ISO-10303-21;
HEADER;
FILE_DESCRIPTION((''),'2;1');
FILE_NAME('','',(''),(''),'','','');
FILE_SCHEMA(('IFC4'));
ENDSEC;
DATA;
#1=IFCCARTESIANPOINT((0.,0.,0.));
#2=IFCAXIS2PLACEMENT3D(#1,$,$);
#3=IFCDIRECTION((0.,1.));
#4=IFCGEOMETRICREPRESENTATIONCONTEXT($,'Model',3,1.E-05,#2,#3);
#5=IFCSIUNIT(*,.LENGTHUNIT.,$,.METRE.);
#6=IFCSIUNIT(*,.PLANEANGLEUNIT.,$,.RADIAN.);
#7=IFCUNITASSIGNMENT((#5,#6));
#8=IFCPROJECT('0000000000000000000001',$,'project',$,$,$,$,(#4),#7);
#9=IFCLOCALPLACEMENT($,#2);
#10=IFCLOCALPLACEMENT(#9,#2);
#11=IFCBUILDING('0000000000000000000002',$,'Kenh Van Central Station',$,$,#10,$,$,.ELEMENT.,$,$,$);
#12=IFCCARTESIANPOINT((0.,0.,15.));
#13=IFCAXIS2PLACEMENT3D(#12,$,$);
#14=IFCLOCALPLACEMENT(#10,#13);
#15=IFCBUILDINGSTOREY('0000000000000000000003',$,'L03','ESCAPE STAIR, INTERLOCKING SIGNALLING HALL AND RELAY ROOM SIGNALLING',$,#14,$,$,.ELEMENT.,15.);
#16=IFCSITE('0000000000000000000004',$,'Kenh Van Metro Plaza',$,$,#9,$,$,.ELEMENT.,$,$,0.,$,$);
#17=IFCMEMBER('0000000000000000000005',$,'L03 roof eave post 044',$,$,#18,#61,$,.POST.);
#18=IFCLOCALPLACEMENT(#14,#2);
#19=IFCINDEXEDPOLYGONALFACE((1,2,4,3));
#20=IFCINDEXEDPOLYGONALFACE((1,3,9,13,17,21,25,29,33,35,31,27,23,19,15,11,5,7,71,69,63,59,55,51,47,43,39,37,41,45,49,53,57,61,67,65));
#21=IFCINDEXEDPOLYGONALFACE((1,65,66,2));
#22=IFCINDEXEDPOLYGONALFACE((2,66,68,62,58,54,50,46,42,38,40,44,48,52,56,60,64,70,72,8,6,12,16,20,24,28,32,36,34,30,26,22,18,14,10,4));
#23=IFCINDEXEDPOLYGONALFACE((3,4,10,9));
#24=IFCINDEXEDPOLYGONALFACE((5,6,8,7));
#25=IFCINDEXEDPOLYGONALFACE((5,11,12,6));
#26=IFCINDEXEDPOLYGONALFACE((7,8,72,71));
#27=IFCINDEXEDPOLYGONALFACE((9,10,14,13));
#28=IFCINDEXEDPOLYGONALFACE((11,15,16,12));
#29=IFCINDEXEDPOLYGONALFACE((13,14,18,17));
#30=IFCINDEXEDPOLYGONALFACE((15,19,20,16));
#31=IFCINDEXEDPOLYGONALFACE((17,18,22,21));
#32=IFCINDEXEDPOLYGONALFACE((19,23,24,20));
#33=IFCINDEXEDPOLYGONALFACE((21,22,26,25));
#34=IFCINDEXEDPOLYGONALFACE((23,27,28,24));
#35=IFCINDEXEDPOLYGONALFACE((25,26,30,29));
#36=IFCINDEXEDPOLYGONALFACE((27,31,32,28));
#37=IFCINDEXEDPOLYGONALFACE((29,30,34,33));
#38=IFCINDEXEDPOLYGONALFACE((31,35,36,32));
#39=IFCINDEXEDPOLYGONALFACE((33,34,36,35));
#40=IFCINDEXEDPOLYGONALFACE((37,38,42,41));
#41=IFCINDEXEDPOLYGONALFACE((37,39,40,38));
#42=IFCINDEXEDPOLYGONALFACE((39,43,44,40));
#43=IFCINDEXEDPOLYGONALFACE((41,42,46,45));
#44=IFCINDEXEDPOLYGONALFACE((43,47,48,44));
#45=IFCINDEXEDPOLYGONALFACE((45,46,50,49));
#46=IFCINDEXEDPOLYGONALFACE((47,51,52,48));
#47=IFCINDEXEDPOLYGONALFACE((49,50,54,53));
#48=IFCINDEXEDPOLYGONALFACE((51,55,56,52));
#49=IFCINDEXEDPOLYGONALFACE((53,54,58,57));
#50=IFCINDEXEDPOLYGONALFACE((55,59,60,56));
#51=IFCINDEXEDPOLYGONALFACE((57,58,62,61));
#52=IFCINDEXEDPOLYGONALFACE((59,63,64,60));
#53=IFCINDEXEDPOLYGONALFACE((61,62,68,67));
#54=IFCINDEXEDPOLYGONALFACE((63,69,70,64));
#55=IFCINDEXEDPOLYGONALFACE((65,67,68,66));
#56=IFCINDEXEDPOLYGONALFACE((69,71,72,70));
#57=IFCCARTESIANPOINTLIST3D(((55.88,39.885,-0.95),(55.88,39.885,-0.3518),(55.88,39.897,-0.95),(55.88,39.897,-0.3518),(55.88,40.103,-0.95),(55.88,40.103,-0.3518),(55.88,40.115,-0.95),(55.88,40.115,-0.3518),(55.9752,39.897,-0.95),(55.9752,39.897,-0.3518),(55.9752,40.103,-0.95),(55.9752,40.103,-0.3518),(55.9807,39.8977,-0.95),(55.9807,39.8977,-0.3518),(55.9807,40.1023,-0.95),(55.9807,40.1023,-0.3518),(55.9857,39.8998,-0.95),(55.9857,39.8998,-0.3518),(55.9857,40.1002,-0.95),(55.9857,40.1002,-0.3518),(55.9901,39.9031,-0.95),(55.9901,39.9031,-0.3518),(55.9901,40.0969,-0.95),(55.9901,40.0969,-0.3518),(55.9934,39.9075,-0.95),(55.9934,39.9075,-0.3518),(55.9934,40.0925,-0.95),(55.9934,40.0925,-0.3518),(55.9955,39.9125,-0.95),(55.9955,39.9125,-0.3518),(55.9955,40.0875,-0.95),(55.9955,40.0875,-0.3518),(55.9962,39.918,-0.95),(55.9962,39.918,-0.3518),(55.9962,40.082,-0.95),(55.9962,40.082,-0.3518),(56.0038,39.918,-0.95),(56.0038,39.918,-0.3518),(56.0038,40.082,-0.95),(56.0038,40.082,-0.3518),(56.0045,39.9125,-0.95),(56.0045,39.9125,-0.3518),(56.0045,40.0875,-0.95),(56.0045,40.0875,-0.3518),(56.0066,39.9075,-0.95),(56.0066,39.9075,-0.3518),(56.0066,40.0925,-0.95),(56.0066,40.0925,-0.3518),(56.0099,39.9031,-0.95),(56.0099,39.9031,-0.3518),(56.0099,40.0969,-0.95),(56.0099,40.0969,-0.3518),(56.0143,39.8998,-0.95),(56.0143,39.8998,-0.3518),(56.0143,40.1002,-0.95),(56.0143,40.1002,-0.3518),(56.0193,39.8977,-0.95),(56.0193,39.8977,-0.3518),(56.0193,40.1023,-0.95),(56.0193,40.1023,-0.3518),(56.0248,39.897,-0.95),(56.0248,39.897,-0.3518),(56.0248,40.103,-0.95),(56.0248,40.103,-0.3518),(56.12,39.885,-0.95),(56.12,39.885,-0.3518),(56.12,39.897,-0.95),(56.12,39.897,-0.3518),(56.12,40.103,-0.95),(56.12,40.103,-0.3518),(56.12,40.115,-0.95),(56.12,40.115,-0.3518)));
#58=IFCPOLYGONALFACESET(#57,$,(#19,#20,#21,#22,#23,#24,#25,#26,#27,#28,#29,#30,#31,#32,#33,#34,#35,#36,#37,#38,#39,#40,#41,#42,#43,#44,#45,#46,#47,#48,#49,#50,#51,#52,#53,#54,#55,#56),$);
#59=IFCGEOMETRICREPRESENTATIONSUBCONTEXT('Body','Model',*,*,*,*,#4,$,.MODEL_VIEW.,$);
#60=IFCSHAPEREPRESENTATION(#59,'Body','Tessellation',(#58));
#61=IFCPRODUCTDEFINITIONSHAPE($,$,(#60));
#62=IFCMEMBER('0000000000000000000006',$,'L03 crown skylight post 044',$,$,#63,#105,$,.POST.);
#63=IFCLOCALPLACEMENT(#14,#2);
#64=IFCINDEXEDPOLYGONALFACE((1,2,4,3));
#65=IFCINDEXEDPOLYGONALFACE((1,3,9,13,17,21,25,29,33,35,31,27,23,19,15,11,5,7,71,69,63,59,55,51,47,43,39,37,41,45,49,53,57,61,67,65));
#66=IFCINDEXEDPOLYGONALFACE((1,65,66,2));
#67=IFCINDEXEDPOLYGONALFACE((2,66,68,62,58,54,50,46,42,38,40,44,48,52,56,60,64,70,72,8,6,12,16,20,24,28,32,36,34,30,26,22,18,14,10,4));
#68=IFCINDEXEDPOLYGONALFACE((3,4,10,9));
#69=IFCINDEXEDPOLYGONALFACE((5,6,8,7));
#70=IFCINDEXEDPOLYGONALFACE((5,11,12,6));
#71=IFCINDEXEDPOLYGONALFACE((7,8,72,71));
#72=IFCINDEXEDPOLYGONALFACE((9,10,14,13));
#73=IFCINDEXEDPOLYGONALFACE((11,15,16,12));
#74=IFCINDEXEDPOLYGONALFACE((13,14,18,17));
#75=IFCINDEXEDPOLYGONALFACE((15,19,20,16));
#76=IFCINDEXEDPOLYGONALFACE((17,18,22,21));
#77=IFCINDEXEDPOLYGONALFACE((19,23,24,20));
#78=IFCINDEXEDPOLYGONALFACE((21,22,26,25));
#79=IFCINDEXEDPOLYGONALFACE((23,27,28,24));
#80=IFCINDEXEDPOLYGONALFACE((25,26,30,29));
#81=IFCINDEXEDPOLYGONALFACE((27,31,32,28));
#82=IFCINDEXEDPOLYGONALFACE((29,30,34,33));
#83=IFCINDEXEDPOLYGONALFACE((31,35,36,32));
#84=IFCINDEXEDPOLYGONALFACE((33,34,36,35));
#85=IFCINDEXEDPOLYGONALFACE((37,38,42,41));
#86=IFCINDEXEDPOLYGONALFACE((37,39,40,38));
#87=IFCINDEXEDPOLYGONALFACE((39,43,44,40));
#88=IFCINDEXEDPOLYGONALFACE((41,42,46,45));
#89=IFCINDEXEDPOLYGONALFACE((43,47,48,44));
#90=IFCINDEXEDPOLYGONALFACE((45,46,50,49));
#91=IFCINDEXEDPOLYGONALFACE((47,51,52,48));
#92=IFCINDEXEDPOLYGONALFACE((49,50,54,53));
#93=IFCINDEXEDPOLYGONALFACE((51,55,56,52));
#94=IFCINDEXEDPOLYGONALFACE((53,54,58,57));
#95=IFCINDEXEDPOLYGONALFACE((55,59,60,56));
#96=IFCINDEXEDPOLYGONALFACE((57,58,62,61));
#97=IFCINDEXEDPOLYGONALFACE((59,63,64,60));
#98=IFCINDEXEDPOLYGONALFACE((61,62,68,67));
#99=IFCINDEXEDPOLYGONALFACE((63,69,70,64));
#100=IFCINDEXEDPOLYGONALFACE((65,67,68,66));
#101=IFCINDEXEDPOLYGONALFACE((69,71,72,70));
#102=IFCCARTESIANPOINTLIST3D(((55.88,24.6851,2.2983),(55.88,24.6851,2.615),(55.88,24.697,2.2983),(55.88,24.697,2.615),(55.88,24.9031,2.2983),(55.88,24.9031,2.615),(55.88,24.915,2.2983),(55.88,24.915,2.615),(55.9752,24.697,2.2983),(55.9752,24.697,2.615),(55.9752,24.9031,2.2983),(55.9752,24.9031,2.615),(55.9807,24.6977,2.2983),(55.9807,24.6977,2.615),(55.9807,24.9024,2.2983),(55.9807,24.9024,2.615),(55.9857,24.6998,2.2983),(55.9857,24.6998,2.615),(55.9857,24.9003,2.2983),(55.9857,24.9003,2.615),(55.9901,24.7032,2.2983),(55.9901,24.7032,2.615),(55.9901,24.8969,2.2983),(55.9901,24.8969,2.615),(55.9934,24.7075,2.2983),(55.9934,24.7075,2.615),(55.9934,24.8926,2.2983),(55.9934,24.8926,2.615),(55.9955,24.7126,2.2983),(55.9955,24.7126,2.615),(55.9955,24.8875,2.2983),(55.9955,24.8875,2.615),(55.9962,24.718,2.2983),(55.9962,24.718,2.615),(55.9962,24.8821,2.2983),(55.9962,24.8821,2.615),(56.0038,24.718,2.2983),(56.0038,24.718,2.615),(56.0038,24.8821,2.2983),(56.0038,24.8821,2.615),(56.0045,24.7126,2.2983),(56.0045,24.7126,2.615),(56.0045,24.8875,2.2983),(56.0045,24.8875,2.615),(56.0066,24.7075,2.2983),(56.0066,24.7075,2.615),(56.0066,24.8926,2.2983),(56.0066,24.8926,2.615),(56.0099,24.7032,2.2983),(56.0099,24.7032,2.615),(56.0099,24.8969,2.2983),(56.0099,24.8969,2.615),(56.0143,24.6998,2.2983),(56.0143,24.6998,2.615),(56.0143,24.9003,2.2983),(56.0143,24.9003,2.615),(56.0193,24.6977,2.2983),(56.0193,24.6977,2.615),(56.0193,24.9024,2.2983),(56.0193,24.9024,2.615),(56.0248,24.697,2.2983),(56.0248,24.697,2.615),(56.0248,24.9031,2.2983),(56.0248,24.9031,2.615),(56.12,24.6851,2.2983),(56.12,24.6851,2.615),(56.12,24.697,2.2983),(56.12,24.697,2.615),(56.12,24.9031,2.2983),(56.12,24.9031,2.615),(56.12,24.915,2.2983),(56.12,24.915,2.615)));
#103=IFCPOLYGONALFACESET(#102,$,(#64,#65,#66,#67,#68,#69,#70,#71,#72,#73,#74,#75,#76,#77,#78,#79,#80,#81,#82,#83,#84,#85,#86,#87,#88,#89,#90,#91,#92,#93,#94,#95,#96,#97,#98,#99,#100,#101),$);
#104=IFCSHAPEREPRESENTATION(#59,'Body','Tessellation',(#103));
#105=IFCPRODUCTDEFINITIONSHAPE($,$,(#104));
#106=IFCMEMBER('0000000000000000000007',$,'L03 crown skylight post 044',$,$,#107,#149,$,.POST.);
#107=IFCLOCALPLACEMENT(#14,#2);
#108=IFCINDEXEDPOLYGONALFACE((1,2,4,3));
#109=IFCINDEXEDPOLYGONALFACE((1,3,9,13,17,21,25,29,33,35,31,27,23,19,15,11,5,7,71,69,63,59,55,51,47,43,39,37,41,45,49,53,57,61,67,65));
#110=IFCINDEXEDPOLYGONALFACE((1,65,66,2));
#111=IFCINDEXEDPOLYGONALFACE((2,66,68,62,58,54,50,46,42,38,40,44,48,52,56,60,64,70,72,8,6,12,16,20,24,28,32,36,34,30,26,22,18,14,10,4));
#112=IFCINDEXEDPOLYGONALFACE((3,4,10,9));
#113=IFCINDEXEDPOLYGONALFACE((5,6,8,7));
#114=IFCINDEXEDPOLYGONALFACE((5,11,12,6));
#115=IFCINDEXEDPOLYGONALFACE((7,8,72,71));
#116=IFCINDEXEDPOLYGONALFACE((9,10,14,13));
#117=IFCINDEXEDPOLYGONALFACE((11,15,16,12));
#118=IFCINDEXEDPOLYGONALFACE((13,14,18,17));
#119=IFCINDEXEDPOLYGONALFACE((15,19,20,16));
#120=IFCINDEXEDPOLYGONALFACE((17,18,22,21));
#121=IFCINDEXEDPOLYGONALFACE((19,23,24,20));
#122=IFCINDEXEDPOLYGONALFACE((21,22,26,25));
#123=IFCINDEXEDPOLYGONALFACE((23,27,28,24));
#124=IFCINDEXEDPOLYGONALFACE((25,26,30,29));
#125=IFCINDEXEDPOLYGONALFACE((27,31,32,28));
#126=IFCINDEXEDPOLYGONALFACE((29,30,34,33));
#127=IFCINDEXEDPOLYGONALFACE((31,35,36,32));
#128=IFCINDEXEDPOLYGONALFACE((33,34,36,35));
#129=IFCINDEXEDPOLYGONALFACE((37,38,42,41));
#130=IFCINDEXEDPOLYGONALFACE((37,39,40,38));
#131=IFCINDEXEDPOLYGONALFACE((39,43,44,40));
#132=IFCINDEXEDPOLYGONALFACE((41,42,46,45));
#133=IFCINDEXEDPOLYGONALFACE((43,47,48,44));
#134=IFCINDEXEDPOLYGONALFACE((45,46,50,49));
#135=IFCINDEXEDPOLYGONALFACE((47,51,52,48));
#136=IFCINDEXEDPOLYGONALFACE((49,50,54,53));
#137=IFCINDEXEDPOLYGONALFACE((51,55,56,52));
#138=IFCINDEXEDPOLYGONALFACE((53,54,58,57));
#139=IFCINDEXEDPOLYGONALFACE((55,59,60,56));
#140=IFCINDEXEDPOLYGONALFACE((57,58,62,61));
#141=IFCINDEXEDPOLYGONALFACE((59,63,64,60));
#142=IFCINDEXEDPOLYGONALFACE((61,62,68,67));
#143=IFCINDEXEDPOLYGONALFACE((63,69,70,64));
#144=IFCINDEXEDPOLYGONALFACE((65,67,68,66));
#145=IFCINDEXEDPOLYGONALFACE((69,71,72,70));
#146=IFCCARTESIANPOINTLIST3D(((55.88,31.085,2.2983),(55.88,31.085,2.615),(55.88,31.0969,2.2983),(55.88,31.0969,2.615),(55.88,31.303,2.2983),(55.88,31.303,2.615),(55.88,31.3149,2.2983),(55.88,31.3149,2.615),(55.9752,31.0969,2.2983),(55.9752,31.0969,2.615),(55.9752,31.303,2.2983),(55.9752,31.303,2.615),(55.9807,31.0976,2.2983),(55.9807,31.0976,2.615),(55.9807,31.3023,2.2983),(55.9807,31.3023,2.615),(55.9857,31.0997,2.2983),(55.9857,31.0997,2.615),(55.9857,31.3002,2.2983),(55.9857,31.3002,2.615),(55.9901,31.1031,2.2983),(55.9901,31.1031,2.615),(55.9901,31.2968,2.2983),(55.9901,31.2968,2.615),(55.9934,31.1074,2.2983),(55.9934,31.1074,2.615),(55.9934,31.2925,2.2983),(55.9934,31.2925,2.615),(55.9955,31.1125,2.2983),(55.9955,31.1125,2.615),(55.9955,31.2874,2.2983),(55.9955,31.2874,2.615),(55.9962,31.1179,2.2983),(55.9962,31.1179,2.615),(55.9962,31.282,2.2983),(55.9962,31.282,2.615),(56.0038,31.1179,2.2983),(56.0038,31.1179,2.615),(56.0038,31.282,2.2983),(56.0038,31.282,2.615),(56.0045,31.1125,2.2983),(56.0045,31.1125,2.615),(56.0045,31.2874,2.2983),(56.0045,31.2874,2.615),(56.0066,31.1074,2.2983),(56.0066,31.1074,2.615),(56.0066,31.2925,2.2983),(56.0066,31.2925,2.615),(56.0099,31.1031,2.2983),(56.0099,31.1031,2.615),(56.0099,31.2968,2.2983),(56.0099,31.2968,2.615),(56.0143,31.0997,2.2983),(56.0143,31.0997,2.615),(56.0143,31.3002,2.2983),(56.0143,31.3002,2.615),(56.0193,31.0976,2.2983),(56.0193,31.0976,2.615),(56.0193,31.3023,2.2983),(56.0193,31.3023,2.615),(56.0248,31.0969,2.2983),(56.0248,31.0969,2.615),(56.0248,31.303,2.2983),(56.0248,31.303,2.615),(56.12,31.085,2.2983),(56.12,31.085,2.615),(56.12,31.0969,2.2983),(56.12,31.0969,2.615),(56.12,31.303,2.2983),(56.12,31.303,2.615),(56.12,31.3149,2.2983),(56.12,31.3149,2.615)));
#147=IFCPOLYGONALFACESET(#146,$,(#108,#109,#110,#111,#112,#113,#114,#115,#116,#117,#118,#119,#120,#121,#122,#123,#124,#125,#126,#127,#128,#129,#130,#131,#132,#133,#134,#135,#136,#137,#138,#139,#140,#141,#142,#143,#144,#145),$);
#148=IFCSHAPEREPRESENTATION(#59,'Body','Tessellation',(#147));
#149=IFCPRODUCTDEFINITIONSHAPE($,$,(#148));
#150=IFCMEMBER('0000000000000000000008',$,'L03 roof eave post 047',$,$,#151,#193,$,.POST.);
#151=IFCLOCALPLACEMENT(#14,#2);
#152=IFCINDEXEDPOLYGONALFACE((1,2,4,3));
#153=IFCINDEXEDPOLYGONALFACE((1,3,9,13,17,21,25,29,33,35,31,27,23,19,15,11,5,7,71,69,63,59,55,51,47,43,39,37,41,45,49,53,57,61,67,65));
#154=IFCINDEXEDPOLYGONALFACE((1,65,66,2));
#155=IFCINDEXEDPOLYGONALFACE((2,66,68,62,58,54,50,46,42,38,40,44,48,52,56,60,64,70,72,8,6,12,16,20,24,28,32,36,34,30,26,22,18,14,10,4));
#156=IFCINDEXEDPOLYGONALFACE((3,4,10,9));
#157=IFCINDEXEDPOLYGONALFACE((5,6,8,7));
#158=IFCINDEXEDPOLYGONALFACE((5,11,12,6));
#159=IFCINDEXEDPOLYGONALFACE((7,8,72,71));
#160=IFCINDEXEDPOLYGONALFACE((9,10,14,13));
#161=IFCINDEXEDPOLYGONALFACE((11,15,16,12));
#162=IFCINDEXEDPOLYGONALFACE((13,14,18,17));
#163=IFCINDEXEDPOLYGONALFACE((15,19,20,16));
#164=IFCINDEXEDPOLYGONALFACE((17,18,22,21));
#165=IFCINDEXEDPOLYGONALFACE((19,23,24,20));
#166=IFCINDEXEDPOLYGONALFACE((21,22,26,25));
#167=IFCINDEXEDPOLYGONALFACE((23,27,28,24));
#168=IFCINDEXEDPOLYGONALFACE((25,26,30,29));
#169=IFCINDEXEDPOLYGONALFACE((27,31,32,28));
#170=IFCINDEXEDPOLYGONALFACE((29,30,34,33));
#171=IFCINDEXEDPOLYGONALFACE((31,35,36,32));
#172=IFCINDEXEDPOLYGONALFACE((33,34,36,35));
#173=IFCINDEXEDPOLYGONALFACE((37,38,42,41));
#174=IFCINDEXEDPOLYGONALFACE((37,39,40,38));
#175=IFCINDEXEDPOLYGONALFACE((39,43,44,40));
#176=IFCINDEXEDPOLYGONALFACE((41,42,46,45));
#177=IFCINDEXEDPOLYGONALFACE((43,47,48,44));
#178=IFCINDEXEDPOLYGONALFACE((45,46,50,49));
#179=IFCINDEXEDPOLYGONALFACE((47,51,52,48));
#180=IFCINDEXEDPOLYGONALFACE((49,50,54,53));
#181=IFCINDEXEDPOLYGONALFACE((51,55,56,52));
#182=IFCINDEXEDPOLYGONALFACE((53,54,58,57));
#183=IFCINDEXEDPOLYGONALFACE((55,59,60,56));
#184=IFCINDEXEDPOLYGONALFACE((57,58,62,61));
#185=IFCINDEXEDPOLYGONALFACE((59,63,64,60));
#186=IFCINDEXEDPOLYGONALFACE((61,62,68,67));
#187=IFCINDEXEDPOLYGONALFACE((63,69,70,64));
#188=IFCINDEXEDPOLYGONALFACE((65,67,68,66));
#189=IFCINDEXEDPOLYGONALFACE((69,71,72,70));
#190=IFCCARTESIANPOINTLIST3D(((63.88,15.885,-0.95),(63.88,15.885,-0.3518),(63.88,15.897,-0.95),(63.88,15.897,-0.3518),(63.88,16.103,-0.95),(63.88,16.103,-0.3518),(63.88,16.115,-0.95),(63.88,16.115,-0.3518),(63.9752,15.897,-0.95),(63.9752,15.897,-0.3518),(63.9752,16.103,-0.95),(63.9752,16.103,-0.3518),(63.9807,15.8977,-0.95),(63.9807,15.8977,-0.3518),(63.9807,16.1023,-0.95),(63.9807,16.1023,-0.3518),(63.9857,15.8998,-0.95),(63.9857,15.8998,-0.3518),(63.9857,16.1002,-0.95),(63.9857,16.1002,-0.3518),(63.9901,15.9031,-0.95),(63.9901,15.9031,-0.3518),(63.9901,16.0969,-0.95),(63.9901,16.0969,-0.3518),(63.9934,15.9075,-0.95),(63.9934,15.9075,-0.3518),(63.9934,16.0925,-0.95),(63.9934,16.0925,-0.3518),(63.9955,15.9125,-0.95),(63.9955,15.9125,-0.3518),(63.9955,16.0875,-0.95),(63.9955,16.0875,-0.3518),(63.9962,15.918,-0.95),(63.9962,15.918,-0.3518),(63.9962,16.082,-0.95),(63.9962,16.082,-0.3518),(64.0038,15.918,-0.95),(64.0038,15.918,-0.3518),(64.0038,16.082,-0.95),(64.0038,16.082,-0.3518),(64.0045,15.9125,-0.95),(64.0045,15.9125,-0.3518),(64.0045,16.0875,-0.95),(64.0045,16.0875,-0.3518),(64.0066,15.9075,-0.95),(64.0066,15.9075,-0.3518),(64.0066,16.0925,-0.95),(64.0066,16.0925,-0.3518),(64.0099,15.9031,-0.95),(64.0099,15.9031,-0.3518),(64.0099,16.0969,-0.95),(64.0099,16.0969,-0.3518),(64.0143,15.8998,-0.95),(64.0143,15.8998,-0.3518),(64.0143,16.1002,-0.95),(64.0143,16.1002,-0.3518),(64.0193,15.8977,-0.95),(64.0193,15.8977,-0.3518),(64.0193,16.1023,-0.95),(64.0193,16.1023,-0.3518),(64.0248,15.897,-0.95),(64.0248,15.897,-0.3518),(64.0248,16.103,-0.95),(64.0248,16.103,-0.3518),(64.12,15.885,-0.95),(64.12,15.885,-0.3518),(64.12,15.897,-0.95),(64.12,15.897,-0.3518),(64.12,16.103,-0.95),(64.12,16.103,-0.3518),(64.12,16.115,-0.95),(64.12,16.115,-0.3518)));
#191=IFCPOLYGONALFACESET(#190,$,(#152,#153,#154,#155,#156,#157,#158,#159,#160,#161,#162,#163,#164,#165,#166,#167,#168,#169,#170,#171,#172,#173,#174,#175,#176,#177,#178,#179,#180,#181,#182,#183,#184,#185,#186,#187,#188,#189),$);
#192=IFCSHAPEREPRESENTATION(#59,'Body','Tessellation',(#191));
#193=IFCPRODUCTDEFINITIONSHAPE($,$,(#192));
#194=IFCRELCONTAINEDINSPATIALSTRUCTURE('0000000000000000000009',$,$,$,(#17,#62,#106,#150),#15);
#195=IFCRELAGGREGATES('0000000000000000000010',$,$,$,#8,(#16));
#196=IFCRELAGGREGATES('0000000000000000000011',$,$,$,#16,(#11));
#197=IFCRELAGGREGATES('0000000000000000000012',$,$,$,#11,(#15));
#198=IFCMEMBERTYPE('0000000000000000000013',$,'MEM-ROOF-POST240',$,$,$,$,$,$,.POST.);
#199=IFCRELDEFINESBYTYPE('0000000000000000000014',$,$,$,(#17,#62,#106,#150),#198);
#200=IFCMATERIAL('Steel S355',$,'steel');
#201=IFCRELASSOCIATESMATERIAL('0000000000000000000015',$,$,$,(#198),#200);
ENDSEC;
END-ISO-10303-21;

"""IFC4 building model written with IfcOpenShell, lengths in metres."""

from ifc_helpers import new_model, si_unit, direction, frame, origin, origin_2d, place, context, subcontext, project, spatial, i_section, extrude, material, material_profile, profile_set, type_object, element, save


model = new_model("IFC4")

# Units and contexts
model_context = context("Model", 3, precision=1e-05, world=origin(), true_north=direction((0.0, 1.0)))
body_context = subcontext(model_context, "Body", "Model", "MODEL_VIEW")
ifc_project = project(units=[si_unit("LENGTHUNIT", "METRE"), si_unit("PLANEANGLEUNIT", "RADIAN")], contexts=[model_context])

# Site, building, storey
site_placement = place(None, origin())
site = spatial("IfcSite", under=ifc_project, at=site_placement, Name="Kenh Van Metro Plaza", CompositionType="ELEMENT", RefElevation=0.0)
building_placement = place(site_placement, origin())
building = spatial("IfcBuilding", under=site, at=building_placement, Name="Kenh Van Central Station", CompositionType="ELEMENT")
storey_placement = place(building_placement, frame((0.0, 0.0, 15.0)))
storey = spatial("IfcBuildingStorey", under=building, at=storey_placement, Name="L03", Description="ESCAPE STAIR, INTERLOCKING SIGNALLING HALL AND RELAY ROOM SIGNALLING", CompositionType="ELEMENT", Elevation=15.0)

# Shared definitions
ifc_material_1 = material(Name="Steel S355", Category="steel")

# Members
ifc_material_profile_1 = material_profile(ifc_material_1, i_section(OverallWidth=0.24, OverallDepth=0.23, WebThickness=0.0076, FlangeThickness=0.012, FilletRadius=0.021, at=origin_2d()), Name="HEA 240")
ifc_profile_set_1 = profile_set([ifc_material_profile_1], Name="Steel S355")
member_type_1 = type_object("IfcMemberType", Name="MEM-ROOF-POST240", PredefinedType="POST", material=ifc_profile_set_1)
for number, where, z_axis, x_axis, name in (
    (1, (56.0, 40.0, -0.95), (0.0, 0.0, 1.0), (1.0, 0.0, 0.0), "L03 roof eave post 044"),
):
    element("IfcMember", number, at=place(storey_placement, frame(where, z_axis=z_axis, x_axis=x_axis)), inside=storey, type_object=member_type_1, Name=name, PredefinedType="POST", context=body_context, shape_type="SweptSolid", body=[
        extrude(i_section(OverallWidth=0.24, OverallDepth=0.23, WebThickness=0.0076, FlangeThickness=0.012, FilletRadius=0.021, at=origin_2d()), origin(), (0.0, 0.0, 1.0), 0.5981),
    ])
for number, where, z_axis, x_axis, name in (
    (2, (56.0, 24.8, 2.2983), (0.0, 0.0, 1.0), (1.0, 0.0, 0.0), "L03 crown skylight post 044"),
    (3, (56.0, 31.2, 2.2983), (0.0, 0.0, 1.0), (1.0, 0.0, 0.0), "L03 crown skylight post 044"),
):
    element("IfcMember", number, at=place(storey_placement, frame(where, z_axis=z_axis, x_axis=x_axis)), inside=storey, type_object=member_type_1, Name=name, PredefinedType="POST", context=body_context, shape_type="SweptSolid", body=[
        extrude(i_section(OverallWidth=0.24, OverallDepth=0.23, WebThickness=0.0076, FlangeThickness=0.012, FilletRadius=0.021, at=origin_2d()), origin(), (0.0, 0.0, 1.0), 0.3167),
    ])
member_1_placement = place(storey_placement, frame((64.0, 16.0, -0.95), z_axis=(0.0, 0.0, 1.0), x_axis=(1.0, 0.0, 0.0)))
element("IfcMember", 4, at=member_1_placement, inside=storey, type_object=member_type_1, Name="L03 roof eave post 047", PredefinedType="POST", context=body_context, shape_type="SweptSolid", body=[
    extrude(i_section(OverallWidth=0.24, OverallDepth=0.23, WebThickness=0.0076, FlangeThickness=0.012, FilletRadius=0.021, at=origin_2d()), origin(), (0.0, 0.0, 1.0), 0.5981),
])

save(model, "model.ifc")
